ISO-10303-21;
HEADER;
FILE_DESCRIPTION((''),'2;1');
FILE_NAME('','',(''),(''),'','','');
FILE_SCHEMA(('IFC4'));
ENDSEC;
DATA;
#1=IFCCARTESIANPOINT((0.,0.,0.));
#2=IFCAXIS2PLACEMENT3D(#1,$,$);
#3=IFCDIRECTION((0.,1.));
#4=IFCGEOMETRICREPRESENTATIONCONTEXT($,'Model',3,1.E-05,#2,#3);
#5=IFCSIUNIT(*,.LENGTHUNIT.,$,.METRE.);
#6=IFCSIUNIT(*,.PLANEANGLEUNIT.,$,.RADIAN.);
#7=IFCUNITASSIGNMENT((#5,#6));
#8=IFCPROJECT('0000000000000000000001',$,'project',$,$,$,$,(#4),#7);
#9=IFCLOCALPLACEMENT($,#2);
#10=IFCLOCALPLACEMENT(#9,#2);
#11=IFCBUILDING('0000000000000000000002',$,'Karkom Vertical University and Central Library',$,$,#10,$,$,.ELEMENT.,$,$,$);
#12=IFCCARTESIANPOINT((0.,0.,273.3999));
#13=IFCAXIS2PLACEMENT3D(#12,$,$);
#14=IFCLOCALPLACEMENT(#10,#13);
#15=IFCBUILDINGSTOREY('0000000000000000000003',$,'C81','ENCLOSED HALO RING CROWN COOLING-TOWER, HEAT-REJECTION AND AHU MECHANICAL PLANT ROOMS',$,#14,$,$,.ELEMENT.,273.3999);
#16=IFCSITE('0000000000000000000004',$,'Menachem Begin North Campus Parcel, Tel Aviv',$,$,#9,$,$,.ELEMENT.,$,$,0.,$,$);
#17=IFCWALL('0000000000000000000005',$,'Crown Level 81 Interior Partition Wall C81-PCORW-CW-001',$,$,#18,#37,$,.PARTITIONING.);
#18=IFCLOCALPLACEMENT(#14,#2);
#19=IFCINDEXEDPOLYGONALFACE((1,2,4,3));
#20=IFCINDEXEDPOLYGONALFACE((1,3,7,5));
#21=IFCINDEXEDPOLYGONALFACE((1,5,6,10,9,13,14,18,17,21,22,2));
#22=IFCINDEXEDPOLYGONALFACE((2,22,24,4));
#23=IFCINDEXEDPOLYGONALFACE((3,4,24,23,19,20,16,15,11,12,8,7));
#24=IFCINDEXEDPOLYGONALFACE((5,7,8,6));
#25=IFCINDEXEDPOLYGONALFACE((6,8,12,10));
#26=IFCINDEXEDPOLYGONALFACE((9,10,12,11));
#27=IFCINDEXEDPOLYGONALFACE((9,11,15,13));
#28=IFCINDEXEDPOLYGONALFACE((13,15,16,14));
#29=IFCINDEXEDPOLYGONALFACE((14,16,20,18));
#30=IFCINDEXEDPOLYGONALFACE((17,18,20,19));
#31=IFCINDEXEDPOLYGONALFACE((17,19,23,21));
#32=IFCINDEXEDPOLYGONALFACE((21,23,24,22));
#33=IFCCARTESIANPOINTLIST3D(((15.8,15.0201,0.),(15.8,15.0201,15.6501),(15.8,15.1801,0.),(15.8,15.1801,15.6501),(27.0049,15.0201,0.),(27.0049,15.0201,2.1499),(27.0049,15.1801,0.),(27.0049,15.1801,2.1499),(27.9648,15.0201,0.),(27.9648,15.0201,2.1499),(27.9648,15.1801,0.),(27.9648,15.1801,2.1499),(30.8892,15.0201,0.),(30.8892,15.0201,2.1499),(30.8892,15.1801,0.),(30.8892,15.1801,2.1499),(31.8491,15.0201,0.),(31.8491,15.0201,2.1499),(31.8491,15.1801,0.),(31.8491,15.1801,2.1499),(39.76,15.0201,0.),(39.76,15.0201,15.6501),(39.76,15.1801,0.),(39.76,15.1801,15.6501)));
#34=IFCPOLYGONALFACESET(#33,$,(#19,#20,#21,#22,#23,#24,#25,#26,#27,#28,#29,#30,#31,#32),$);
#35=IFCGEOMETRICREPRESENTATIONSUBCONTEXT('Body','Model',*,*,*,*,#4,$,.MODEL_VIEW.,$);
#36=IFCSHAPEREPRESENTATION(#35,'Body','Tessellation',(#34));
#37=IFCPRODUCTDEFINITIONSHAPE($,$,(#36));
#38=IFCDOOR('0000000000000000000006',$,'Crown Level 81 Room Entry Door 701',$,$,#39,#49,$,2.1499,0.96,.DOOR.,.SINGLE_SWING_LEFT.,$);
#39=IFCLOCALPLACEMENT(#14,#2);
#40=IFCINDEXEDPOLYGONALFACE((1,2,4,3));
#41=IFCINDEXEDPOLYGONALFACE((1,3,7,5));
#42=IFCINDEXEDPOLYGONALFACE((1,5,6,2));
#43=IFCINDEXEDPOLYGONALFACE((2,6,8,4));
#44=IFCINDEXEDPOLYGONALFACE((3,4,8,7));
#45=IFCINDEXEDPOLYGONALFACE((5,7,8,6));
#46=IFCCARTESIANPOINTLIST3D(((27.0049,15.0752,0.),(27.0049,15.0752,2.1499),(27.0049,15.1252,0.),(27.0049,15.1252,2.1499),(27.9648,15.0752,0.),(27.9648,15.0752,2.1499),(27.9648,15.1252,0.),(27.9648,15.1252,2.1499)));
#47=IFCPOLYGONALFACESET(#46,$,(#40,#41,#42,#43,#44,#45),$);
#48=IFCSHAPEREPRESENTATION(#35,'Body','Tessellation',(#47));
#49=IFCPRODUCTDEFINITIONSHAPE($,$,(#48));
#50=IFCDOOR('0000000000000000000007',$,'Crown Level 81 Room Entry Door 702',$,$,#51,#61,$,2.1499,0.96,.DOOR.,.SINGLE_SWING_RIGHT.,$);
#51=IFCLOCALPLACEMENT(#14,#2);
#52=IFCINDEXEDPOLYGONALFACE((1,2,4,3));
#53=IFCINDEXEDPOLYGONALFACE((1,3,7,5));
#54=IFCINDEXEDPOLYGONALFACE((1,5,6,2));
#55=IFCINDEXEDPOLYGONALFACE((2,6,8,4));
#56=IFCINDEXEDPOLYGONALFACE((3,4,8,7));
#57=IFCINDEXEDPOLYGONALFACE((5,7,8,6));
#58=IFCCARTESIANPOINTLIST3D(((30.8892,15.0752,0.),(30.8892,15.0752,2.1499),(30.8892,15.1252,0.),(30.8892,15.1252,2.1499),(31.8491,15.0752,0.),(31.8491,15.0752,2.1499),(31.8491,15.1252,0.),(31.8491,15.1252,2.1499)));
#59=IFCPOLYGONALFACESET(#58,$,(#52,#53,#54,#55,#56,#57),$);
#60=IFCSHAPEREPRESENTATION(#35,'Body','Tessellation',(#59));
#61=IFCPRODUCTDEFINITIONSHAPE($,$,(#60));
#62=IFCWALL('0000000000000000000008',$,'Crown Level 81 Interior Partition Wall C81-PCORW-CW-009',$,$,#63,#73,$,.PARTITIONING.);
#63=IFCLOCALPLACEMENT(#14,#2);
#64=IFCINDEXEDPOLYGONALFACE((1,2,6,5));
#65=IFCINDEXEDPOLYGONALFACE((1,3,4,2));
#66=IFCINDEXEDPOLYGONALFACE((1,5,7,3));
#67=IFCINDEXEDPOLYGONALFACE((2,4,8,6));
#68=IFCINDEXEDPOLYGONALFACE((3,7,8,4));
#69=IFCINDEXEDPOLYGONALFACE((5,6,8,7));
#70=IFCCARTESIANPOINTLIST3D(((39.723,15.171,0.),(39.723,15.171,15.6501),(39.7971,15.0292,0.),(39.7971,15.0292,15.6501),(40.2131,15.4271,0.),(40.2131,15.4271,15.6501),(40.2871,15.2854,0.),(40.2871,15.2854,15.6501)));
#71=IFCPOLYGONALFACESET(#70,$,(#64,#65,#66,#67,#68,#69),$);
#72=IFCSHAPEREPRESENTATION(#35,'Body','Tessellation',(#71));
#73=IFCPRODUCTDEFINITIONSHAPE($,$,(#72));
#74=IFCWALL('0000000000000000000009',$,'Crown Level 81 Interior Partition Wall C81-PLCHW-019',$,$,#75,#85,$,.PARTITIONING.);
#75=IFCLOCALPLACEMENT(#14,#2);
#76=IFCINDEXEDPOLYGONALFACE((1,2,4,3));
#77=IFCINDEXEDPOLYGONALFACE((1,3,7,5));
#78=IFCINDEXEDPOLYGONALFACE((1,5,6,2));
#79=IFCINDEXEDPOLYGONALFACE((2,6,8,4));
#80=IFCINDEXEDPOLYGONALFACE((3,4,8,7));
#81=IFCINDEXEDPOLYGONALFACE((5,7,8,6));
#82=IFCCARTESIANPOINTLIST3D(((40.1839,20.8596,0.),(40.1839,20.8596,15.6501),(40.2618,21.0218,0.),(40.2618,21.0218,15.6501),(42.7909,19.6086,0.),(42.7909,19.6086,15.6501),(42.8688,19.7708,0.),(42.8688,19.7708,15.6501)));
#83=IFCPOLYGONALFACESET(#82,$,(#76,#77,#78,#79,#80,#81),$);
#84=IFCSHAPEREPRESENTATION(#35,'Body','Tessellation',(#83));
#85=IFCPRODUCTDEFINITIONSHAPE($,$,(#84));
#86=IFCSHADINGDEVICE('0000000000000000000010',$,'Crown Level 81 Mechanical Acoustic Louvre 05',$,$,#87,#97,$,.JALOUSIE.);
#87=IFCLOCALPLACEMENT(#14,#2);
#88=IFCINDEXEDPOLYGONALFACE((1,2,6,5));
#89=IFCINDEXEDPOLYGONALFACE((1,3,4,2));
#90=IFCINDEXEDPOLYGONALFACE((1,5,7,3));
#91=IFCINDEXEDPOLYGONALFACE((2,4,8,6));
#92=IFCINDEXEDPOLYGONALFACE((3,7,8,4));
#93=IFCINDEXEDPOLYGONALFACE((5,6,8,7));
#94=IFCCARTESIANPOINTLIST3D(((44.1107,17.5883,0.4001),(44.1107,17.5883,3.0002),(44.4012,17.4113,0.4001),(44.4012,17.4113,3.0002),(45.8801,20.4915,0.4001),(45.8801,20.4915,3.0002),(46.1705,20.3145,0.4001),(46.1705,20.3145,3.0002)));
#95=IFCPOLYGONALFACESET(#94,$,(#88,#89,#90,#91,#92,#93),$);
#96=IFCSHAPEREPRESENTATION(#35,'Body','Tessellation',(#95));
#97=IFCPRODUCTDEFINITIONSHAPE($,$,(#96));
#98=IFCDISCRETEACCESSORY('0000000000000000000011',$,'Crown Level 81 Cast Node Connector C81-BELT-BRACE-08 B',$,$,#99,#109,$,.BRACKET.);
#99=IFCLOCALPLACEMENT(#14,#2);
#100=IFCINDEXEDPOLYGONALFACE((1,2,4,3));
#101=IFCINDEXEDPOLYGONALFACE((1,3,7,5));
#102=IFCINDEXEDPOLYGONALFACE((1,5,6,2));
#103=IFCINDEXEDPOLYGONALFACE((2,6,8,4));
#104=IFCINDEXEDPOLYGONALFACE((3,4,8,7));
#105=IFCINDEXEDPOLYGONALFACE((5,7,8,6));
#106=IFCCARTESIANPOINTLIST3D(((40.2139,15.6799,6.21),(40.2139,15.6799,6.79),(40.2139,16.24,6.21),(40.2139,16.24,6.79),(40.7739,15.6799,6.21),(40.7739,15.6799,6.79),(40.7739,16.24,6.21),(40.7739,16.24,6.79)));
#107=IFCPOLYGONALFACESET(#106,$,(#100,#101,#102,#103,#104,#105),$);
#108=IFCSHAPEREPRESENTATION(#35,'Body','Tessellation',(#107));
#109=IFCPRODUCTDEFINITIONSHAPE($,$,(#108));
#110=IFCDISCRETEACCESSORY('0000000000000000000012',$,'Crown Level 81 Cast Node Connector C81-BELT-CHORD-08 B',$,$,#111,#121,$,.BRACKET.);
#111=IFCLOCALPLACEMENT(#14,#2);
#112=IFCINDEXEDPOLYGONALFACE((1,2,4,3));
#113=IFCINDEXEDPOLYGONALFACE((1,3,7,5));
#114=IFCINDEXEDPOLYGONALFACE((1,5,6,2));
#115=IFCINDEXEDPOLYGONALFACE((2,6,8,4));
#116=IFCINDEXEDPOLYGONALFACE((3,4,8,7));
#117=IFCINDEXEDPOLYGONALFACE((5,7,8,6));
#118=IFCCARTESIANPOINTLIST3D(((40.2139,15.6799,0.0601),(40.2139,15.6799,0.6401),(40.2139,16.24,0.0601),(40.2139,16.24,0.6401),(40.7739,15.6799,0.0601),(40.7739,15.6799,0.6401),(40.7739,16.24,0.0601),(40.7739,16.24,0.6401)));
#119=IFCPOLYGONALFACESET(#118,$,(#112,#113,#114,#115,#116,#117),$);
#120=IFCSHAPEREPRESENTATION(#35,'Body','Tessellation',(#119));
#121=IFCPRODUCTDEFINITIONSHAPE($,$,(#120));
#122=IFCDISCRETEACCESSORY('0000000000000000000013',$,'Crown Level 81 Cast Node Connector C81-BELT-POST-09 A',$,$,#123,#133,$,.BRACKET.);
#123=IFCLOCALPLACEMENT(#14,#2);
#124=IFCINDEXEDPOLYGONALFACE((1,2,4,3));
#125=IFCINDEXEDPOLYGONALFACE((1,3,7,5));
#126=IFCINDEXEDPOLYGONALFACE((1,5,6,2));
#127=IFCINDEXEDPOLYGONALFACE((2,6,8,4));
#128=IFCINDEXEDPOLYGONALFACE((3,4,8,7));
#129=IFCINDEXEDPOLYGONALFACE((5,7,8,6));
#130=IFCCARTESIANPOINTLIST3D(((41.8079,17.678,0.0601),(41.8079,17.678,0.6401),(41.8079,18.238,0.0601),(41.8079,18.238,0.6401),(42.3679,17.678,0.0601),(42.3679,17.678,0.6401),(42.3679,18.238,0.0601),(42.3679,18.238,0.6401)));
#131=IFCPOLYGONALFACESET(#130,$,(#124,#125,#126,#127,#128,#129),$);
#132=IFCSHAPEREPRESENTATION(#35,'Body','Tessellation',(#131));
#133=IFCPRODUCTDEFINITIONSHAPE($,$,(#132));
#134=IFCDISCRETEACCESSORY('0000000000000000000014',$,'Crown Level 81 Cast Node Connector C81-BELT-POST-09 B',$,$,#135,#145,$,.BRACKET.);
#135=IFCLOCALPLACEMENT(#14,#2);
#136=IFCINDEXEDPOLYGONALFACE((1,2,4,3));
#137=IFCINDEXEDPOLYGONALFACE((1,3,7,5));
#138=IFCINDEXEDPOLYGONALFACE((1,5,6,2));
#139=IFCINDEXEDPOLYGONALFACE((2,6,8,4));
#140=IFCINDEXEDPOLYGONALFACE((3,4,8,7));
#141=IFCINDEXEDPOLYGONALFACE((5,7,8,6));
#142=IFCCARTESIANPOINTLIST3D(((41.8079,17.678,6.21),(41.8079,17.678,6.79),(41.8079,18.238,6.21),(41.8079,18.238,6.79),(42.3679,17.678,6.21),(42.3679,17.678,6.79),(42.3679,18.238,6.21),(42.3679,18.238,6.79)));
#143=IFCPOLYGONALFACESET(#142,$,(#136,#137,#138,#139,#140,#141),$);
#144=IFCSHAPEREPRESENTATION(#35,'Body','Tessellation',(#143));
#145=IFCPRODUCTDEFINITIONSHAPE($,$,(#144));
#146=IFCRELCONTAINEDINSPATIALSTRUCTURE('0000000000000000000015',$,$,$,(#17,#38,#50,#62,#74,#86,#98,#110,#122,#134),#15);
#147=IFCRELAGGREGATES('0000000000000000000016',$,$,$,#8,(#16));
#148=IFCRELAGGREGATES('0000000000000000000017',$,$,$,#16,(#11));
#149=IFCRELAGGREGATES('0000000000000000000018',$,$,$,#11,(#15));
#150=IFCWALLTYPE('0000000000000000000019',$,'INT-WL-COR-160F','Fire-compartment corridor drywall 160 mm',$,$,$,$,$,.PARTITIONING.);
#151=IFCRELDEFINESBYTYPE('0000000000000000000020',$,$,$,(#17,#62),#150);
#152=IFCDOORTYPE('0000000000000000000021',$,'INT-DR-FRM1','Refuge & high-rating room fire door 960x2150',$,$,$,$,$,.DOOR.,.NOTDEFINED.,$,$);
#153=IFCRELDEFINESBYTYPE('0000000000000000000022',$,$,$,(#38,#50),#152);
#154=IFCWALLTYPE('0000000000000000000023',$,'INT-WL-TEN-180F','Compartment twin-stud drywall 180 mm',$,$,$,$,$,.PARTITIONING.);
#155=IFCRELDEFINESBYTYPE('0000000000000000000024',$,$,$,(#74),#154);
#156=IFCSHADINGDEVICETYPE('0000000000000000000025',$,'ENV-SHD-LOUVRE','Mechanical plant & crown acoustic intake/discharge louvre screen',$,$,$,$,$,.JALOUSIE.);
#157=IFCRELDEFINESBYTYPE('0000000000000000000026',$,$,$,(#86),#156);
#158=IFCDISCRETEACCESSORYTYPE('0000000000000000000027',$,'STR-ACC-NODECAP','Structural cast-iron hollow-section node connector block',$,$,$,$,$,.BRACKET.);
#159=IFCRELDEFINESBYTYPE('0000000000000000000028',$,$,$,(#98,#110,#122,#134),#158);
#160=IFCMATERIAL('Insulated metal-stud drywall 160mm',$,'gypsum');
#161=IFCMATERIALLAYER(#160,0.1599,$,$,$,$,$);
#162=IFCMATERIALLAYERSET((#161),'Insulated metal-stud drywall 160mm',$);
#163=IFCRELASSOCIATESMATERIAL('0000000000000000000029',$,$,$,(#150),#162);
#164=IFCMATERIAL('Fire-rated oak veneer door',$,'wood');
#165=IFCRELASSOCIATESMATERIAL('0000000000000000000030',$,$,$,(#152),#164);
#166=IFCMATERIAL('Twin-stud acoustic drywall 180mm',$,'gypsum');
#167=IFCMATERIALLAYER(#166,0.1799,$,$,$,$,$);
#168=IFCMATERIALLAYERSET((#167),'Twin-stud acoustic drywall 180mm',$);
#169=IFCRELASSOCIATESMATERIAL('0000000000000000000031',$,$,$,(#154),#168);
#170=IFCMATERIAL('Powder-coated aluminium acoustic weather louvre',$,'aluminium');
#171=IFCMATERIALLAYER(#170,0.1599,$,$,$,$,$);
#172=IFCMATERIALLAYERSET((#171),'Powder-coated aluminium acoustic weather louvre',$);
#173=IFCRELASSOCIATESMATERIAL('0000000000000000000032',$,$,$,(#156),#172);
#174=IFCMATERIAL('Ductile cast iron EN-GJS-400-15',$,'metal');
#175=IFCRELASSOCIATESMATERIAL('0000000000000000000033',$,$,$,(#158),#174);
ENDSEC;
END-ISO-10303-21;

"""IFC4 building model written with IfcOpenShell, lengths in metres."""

from ifc_helpers import new_model, si_unit, direction, frame, frame_2d, origin, origin_with_axes, origin_2d, place, context, subcontext, project, spatial, rectangle, extrude, source, transform, mapped, material, layer, layer_set, type_object, element, fill, save


model = new_model("IFC4")

# Units and contexts
model_context = context("Model", 3, precision=1e-05, world=origin(), true_north=direction((0.0, 1.0)))
body_context = subcontext(model_context, "Body", "Model", "MODEL_VIEW")
ifc_project = project(units=[si_unit("LENGTHUNIT", "METRE"), si_unit("PLANEANGLEUNIT", "RADIAN")], contexts=[model_context])

# Site, building, storey
site_placement = place(None, origin())
site = spatial("IfcSite", under=ifc_project, at=site_placement, Name="Menachem Begin North Campus Parcel, Tel Aviv", CompositionType="ELEMENT", RefElevation=0.0)
building_placement = place(site_placement, origin())
building = spatial("IfcBuilding", under=site, at=building_placement, Name="Karkom Vertical University and Central Library", CompositionType="ELEMENT")
storey_placement = place(building_placement, frame((0.0, 0.0, 273.3999)))
storey = spatial("IfcBuildingStorey", under=building, at=storey_placement, Name="C81", Description="ENCLOSED HALO RING CROWN COOLING-TOWER, HEAT-REJECTION AND AHU MECHANICAL PLANT ROOMS", CompositionType="ELEMENT", Elevation=273.3999)

# Wall, openings, doors
ifc_material_1 = material(Name="Insulated metal-stud drywall 160mm", Category="gypsum")
ifc_layer_1 = layer(ifc_material_1, 0.1599)
ifc_layer_set_1 = layer_set([ifc_layer_1], Name="Insulated metal-stud drywall 160mm")
wall_type_1 = type_object("IfcWallType", Name="INT-WL-COR-160F", Description="Fire-compartment corridor drywall 160 mm", PredefinedType="PARTITIONING", material=ifc_layer_set_1)
wall_1_placement = place(storey_placement, frame((39.76, 15.1001, 0.0), z_axis=(0.0, 0.0, 1.0), x_axis=(-1.0, 0.0, 0.0)))
wall_1 = element("IfcWall", 1, at=wall_1_placement, inside=storey, type_object=wall_type_1, Name="Crown Level 81 Interior Partition Wall C81-PCORW-CW-001", PredefinedType="PARTITIONING", context=body_context, shape_type="SweptSolid", body=[
    extrude(rectangle(XDim=23.96, YDim=0.1599, at=frame_2d((11.98, 0.0))), origin(), (0.0, 0.0, 1.0), 15.6501),
])
opening_1_placement = place(wall_1_placement, frame((11.7952, 0.0, 0.0)))
opening_1 = element("IfcOpeningElement", 2, at=opening_1_placement, cuts=wall_1, PredefinedType="OPENING", context=body_context, shape_type="SweptSolid", body=[
    extrude(rectangle(XDim=0.96, YDim=2.1499, at=frame_2d((0.48, 1.075))), frame((0.0, 0.0898, 0.0), z_axis=(0.0, -1.0, 0.0), x_axis=(1.0, 0.0, 0.0)), (0.0, 0.0, 1.0), 0.1799),
])
opening_2_placement = place(wall_1_placement, frame((7.9109, 0.0, 0.0)))
opening_2 = element("IfcOpeningElement", 3, at=opening_2_placement, cuts=wall_1, PredefinedType="OPENING", context=body_context, shape_type="SweptSolid", body=[
    extrude(rectangle(XDim=0.96, YDim=2.1499, at=frame_2d((0.48, 1.075))), frame((0.0, 0.0898, 0.0), z_axis=(0.0, -1.0, 0.0), x_axis=(1.0, 0.0, 0.0)), (0.0, 0.0, 1.0), 0.1799),
])
ifc_material_2 = material(Name="Fire-rated oak veneer door", Category="wood")
door_type = type_object("IfcDoorType", Name="INT-DR-FRM1", Description="Refuge & high-rating room fire door 960x2150", OperationType="NOTDEFINED", PredefinedType="DOOR", material=ifc_material_2)
shared_shape_1 = source(origin_with_axes(), body_context, "Body", "SweptSolid", [
    extrude(rectangle(XDim=0.96, YDim=2.1499, at=frame_2d((0.48, 1.075))), frame((0.0, 0.0249, 0.0), z_axis=(0.0, -1.0, 0.0), x_axis=(1.0, 0.0, 0.0)), (0.0, 0.0, 1.0), 0.05),
])
door_1_placement = place(opening_1_placement, origin())
door_1 = element("IfcDoor", 4, at=door_1_placement, inside=storey, type_object=door_type, Name="Crown Level 81 Room Entry Door 701", OperationType="SINGLE_SWING_LEFT", OverallHeight=2.1499, OverallWidth=0.96, PredefinedType="DOOR", context=body_context, shape_type="MappedRepresentation", body=[
    mapped(shared_shape_1, transform((0.0, 0.0, 0.0), scale=1.0)),
])
fill(opening_1, door_1)
door_2_placement = place(opening_2_placement, origin())
door_2 = element("IfcDoor", 5, at=door_2_placement, inside=storey, type_object=door_type, Name="Crown Level 81 Room Entry Door 702", OperationType="SINGLE_SWING_RIGHT", OverallHeight=2.1499, OverallWidth=0.96, PredefinedType="DOOR", context=body_context, shape_type="MappedRepresentation", body=[
    mapped(shared_shape_1, transform((0.0, 0.0, 0.0), scale=1.0)),
])
fill(opening_2, door_2)

# Walls
wall_2_placement = place(storey_placement, frame((40.25, 15.3562, 0.0), z_axis=(0.0, 0.0, 1.0), x_axis=(-0.886246, -0.463215, 0.0)))
element("IfcWall", 6, at=wall_2_placement, inside=storey, type_object=wall_type_1, Name="Crown Level 81 Interior Partition Wall C81-PCORW-CW-009", PredefinedType="PARTITIONING", context=body_context, shape_type="SweptSolid", body=[
    extrude(rectangle(XDim=0.553, YDim=0.1599, at=frame_2d((0.2764, 0.0))), origin(), (0.0, 0.0, 1.0), 15.6501),
])
ifc_material_3 = material(Name="Twin-stud acoustic drywall 180mm", Category="gypsum")
ifc_layer_2 = layer(ifc_material_3, 0.1799)
ifc_layer_set_2 = layer_set([ifc_layer_2], Name="Twin-stud acoustic drywall 180mm")
wall_type_2 = type_object("IfcWallType", Name="INT-WL-TEN-180F", Description="Compartment twin-stud drywall 180 mm", PredefinedType="PARTITIONING", material=ifc_layer_set_2)
wall_3_placement = place(storey_placement, frame((42.8298, 19.6897, 0.0), z_axis=(0.0, 0.0, 1.0), x_axis=(-0.90157, 0.432632, 0.0)))
element("IfcWall", 7, at=wall_3_placement, inside=storey, type_object=wall_type_2, Name="Crown Level 81 Interior Partition Wall C81-PLCHW-019", PredefinedType="PARTITIONING", context=body_context, shape_type="SweptSolid", body=[
    extrude(rectangle(XDim=2.8916, YDim=0.1799, at=frame_2d((1.4458, 0.0))), origin(), (0.0, 0.0, 1.0), 15.6501),
])

# Shading device
ifc_material_4 = material(Name="Powder-coated aluminium acoustic weather louvre", Category="aluminium")
ifc_layer_3 = layer(ifc_material_4, 0.1599)
ifc_layer_set_3 = layer_set([ifc_layer_3], Name="Powder-coated aluminium acoustic weather louvre")
shading_device_type = type_object("IfcShadingDeviceType", Name="ENV-SHD-LOUVRE", Description="Mechanical plant & crown acoustic intake/discharge louvre screen", PredefinedType="JALOUSIE", material=ifc_layer_set_3)
shared_shape_2 = source(origin_with_axes(), body_context, "Body", "SweptSolid", [
    extrude(rectangle(XDim=3.3999, YDim=0.3401, at=origin_2d()), origin(), (0.0, 0.0, 1.0), 2.6001),
])
shading_device_placement = place(storey_placement, frame((45.1406, 18.9514, 0.4001), z_axis=(0.0, 0.0, 1.0), x_axis=(0.520414, 0.853914, 0.0)))
element("IfcShadingDevice", 8, at=shading_device_placement, inside=storey, type_object=shading_device_type, Name="Crown Level 81 Mechanical Acoustic Louvre 05", PredefinedType="JALOUSIE", context=body_context, shape_type="MappedRepresentation", body=[
    mapped(shared_shape_2, transform((0.0, 0.0, 0.0), scale=1.0)),
])

# Discrete accessories
ifc_material_5 = material(Name="Ductile cast iron EN-GJS-400-15", Category="metal")
discrete_accessory_type = type_object("IfcDiscreteAccessoryType", Name="STR-ACC-NODECAP", Description="Structural cast-iron hollow-section node connector block", PredefinedType="BRACKET", material=ifc_material_5)
shared_shape_3 = source(origin_with_axes(), body_context, "Body", "SweptSolid", [
    extrude(rectangle(XDim=0.5601, YDim=0.5601, at=origin_2d()), origin(), (0.0, 0.0, 1.0), 0.5801),
])
for number, where, z_axis, x_axis, name in (
    (9, (40.4939, 15.96, 6.21), (0.0, 0.0, 1.0), (1.0, 0.0, 0.0), "Crown Level 81 Cast Node Connector C81-BELT-BRACE-08 B"),
    (10, (40.4939, 15.96, 0.0601), (0.0, 0.0, 1.0), (1.0, 0.0, 0.0), "Crown Level 81 Cast Node Connector C81-BELT-CHORD-08 B"),
    (11, (42.0879, 17.958, 0.0601), (0.0, 0.0, 1.0), (1.0, 0.0, 0.0), "Crown Level 81 Cast Node Connector C81-BELT-POST-09 A"),
    (12, (42.0879, 17.958, 6.21), (0.0, 0.0, 1.0), (1.0, 0.0, 0.0), "Crown Level 81 Cast Node Connector C81-BELT-POST-09 B"),
):
    element("IfcDiscreteAccessory", number, at=place(storey_placement, frame(where, z_axis=z_axis, x_axis=x_axis)), inside=storey, type_object=discrete_accessory_type, Name=name, PredefinedType="BRACKET", context=body_context, shape_type="MappedRepresentation", body=[
        mapped(shared_shape_3, transform((0.0, 0.0, 0.0), scale=1.0)),
    ])

save(model, "model.ifc")
